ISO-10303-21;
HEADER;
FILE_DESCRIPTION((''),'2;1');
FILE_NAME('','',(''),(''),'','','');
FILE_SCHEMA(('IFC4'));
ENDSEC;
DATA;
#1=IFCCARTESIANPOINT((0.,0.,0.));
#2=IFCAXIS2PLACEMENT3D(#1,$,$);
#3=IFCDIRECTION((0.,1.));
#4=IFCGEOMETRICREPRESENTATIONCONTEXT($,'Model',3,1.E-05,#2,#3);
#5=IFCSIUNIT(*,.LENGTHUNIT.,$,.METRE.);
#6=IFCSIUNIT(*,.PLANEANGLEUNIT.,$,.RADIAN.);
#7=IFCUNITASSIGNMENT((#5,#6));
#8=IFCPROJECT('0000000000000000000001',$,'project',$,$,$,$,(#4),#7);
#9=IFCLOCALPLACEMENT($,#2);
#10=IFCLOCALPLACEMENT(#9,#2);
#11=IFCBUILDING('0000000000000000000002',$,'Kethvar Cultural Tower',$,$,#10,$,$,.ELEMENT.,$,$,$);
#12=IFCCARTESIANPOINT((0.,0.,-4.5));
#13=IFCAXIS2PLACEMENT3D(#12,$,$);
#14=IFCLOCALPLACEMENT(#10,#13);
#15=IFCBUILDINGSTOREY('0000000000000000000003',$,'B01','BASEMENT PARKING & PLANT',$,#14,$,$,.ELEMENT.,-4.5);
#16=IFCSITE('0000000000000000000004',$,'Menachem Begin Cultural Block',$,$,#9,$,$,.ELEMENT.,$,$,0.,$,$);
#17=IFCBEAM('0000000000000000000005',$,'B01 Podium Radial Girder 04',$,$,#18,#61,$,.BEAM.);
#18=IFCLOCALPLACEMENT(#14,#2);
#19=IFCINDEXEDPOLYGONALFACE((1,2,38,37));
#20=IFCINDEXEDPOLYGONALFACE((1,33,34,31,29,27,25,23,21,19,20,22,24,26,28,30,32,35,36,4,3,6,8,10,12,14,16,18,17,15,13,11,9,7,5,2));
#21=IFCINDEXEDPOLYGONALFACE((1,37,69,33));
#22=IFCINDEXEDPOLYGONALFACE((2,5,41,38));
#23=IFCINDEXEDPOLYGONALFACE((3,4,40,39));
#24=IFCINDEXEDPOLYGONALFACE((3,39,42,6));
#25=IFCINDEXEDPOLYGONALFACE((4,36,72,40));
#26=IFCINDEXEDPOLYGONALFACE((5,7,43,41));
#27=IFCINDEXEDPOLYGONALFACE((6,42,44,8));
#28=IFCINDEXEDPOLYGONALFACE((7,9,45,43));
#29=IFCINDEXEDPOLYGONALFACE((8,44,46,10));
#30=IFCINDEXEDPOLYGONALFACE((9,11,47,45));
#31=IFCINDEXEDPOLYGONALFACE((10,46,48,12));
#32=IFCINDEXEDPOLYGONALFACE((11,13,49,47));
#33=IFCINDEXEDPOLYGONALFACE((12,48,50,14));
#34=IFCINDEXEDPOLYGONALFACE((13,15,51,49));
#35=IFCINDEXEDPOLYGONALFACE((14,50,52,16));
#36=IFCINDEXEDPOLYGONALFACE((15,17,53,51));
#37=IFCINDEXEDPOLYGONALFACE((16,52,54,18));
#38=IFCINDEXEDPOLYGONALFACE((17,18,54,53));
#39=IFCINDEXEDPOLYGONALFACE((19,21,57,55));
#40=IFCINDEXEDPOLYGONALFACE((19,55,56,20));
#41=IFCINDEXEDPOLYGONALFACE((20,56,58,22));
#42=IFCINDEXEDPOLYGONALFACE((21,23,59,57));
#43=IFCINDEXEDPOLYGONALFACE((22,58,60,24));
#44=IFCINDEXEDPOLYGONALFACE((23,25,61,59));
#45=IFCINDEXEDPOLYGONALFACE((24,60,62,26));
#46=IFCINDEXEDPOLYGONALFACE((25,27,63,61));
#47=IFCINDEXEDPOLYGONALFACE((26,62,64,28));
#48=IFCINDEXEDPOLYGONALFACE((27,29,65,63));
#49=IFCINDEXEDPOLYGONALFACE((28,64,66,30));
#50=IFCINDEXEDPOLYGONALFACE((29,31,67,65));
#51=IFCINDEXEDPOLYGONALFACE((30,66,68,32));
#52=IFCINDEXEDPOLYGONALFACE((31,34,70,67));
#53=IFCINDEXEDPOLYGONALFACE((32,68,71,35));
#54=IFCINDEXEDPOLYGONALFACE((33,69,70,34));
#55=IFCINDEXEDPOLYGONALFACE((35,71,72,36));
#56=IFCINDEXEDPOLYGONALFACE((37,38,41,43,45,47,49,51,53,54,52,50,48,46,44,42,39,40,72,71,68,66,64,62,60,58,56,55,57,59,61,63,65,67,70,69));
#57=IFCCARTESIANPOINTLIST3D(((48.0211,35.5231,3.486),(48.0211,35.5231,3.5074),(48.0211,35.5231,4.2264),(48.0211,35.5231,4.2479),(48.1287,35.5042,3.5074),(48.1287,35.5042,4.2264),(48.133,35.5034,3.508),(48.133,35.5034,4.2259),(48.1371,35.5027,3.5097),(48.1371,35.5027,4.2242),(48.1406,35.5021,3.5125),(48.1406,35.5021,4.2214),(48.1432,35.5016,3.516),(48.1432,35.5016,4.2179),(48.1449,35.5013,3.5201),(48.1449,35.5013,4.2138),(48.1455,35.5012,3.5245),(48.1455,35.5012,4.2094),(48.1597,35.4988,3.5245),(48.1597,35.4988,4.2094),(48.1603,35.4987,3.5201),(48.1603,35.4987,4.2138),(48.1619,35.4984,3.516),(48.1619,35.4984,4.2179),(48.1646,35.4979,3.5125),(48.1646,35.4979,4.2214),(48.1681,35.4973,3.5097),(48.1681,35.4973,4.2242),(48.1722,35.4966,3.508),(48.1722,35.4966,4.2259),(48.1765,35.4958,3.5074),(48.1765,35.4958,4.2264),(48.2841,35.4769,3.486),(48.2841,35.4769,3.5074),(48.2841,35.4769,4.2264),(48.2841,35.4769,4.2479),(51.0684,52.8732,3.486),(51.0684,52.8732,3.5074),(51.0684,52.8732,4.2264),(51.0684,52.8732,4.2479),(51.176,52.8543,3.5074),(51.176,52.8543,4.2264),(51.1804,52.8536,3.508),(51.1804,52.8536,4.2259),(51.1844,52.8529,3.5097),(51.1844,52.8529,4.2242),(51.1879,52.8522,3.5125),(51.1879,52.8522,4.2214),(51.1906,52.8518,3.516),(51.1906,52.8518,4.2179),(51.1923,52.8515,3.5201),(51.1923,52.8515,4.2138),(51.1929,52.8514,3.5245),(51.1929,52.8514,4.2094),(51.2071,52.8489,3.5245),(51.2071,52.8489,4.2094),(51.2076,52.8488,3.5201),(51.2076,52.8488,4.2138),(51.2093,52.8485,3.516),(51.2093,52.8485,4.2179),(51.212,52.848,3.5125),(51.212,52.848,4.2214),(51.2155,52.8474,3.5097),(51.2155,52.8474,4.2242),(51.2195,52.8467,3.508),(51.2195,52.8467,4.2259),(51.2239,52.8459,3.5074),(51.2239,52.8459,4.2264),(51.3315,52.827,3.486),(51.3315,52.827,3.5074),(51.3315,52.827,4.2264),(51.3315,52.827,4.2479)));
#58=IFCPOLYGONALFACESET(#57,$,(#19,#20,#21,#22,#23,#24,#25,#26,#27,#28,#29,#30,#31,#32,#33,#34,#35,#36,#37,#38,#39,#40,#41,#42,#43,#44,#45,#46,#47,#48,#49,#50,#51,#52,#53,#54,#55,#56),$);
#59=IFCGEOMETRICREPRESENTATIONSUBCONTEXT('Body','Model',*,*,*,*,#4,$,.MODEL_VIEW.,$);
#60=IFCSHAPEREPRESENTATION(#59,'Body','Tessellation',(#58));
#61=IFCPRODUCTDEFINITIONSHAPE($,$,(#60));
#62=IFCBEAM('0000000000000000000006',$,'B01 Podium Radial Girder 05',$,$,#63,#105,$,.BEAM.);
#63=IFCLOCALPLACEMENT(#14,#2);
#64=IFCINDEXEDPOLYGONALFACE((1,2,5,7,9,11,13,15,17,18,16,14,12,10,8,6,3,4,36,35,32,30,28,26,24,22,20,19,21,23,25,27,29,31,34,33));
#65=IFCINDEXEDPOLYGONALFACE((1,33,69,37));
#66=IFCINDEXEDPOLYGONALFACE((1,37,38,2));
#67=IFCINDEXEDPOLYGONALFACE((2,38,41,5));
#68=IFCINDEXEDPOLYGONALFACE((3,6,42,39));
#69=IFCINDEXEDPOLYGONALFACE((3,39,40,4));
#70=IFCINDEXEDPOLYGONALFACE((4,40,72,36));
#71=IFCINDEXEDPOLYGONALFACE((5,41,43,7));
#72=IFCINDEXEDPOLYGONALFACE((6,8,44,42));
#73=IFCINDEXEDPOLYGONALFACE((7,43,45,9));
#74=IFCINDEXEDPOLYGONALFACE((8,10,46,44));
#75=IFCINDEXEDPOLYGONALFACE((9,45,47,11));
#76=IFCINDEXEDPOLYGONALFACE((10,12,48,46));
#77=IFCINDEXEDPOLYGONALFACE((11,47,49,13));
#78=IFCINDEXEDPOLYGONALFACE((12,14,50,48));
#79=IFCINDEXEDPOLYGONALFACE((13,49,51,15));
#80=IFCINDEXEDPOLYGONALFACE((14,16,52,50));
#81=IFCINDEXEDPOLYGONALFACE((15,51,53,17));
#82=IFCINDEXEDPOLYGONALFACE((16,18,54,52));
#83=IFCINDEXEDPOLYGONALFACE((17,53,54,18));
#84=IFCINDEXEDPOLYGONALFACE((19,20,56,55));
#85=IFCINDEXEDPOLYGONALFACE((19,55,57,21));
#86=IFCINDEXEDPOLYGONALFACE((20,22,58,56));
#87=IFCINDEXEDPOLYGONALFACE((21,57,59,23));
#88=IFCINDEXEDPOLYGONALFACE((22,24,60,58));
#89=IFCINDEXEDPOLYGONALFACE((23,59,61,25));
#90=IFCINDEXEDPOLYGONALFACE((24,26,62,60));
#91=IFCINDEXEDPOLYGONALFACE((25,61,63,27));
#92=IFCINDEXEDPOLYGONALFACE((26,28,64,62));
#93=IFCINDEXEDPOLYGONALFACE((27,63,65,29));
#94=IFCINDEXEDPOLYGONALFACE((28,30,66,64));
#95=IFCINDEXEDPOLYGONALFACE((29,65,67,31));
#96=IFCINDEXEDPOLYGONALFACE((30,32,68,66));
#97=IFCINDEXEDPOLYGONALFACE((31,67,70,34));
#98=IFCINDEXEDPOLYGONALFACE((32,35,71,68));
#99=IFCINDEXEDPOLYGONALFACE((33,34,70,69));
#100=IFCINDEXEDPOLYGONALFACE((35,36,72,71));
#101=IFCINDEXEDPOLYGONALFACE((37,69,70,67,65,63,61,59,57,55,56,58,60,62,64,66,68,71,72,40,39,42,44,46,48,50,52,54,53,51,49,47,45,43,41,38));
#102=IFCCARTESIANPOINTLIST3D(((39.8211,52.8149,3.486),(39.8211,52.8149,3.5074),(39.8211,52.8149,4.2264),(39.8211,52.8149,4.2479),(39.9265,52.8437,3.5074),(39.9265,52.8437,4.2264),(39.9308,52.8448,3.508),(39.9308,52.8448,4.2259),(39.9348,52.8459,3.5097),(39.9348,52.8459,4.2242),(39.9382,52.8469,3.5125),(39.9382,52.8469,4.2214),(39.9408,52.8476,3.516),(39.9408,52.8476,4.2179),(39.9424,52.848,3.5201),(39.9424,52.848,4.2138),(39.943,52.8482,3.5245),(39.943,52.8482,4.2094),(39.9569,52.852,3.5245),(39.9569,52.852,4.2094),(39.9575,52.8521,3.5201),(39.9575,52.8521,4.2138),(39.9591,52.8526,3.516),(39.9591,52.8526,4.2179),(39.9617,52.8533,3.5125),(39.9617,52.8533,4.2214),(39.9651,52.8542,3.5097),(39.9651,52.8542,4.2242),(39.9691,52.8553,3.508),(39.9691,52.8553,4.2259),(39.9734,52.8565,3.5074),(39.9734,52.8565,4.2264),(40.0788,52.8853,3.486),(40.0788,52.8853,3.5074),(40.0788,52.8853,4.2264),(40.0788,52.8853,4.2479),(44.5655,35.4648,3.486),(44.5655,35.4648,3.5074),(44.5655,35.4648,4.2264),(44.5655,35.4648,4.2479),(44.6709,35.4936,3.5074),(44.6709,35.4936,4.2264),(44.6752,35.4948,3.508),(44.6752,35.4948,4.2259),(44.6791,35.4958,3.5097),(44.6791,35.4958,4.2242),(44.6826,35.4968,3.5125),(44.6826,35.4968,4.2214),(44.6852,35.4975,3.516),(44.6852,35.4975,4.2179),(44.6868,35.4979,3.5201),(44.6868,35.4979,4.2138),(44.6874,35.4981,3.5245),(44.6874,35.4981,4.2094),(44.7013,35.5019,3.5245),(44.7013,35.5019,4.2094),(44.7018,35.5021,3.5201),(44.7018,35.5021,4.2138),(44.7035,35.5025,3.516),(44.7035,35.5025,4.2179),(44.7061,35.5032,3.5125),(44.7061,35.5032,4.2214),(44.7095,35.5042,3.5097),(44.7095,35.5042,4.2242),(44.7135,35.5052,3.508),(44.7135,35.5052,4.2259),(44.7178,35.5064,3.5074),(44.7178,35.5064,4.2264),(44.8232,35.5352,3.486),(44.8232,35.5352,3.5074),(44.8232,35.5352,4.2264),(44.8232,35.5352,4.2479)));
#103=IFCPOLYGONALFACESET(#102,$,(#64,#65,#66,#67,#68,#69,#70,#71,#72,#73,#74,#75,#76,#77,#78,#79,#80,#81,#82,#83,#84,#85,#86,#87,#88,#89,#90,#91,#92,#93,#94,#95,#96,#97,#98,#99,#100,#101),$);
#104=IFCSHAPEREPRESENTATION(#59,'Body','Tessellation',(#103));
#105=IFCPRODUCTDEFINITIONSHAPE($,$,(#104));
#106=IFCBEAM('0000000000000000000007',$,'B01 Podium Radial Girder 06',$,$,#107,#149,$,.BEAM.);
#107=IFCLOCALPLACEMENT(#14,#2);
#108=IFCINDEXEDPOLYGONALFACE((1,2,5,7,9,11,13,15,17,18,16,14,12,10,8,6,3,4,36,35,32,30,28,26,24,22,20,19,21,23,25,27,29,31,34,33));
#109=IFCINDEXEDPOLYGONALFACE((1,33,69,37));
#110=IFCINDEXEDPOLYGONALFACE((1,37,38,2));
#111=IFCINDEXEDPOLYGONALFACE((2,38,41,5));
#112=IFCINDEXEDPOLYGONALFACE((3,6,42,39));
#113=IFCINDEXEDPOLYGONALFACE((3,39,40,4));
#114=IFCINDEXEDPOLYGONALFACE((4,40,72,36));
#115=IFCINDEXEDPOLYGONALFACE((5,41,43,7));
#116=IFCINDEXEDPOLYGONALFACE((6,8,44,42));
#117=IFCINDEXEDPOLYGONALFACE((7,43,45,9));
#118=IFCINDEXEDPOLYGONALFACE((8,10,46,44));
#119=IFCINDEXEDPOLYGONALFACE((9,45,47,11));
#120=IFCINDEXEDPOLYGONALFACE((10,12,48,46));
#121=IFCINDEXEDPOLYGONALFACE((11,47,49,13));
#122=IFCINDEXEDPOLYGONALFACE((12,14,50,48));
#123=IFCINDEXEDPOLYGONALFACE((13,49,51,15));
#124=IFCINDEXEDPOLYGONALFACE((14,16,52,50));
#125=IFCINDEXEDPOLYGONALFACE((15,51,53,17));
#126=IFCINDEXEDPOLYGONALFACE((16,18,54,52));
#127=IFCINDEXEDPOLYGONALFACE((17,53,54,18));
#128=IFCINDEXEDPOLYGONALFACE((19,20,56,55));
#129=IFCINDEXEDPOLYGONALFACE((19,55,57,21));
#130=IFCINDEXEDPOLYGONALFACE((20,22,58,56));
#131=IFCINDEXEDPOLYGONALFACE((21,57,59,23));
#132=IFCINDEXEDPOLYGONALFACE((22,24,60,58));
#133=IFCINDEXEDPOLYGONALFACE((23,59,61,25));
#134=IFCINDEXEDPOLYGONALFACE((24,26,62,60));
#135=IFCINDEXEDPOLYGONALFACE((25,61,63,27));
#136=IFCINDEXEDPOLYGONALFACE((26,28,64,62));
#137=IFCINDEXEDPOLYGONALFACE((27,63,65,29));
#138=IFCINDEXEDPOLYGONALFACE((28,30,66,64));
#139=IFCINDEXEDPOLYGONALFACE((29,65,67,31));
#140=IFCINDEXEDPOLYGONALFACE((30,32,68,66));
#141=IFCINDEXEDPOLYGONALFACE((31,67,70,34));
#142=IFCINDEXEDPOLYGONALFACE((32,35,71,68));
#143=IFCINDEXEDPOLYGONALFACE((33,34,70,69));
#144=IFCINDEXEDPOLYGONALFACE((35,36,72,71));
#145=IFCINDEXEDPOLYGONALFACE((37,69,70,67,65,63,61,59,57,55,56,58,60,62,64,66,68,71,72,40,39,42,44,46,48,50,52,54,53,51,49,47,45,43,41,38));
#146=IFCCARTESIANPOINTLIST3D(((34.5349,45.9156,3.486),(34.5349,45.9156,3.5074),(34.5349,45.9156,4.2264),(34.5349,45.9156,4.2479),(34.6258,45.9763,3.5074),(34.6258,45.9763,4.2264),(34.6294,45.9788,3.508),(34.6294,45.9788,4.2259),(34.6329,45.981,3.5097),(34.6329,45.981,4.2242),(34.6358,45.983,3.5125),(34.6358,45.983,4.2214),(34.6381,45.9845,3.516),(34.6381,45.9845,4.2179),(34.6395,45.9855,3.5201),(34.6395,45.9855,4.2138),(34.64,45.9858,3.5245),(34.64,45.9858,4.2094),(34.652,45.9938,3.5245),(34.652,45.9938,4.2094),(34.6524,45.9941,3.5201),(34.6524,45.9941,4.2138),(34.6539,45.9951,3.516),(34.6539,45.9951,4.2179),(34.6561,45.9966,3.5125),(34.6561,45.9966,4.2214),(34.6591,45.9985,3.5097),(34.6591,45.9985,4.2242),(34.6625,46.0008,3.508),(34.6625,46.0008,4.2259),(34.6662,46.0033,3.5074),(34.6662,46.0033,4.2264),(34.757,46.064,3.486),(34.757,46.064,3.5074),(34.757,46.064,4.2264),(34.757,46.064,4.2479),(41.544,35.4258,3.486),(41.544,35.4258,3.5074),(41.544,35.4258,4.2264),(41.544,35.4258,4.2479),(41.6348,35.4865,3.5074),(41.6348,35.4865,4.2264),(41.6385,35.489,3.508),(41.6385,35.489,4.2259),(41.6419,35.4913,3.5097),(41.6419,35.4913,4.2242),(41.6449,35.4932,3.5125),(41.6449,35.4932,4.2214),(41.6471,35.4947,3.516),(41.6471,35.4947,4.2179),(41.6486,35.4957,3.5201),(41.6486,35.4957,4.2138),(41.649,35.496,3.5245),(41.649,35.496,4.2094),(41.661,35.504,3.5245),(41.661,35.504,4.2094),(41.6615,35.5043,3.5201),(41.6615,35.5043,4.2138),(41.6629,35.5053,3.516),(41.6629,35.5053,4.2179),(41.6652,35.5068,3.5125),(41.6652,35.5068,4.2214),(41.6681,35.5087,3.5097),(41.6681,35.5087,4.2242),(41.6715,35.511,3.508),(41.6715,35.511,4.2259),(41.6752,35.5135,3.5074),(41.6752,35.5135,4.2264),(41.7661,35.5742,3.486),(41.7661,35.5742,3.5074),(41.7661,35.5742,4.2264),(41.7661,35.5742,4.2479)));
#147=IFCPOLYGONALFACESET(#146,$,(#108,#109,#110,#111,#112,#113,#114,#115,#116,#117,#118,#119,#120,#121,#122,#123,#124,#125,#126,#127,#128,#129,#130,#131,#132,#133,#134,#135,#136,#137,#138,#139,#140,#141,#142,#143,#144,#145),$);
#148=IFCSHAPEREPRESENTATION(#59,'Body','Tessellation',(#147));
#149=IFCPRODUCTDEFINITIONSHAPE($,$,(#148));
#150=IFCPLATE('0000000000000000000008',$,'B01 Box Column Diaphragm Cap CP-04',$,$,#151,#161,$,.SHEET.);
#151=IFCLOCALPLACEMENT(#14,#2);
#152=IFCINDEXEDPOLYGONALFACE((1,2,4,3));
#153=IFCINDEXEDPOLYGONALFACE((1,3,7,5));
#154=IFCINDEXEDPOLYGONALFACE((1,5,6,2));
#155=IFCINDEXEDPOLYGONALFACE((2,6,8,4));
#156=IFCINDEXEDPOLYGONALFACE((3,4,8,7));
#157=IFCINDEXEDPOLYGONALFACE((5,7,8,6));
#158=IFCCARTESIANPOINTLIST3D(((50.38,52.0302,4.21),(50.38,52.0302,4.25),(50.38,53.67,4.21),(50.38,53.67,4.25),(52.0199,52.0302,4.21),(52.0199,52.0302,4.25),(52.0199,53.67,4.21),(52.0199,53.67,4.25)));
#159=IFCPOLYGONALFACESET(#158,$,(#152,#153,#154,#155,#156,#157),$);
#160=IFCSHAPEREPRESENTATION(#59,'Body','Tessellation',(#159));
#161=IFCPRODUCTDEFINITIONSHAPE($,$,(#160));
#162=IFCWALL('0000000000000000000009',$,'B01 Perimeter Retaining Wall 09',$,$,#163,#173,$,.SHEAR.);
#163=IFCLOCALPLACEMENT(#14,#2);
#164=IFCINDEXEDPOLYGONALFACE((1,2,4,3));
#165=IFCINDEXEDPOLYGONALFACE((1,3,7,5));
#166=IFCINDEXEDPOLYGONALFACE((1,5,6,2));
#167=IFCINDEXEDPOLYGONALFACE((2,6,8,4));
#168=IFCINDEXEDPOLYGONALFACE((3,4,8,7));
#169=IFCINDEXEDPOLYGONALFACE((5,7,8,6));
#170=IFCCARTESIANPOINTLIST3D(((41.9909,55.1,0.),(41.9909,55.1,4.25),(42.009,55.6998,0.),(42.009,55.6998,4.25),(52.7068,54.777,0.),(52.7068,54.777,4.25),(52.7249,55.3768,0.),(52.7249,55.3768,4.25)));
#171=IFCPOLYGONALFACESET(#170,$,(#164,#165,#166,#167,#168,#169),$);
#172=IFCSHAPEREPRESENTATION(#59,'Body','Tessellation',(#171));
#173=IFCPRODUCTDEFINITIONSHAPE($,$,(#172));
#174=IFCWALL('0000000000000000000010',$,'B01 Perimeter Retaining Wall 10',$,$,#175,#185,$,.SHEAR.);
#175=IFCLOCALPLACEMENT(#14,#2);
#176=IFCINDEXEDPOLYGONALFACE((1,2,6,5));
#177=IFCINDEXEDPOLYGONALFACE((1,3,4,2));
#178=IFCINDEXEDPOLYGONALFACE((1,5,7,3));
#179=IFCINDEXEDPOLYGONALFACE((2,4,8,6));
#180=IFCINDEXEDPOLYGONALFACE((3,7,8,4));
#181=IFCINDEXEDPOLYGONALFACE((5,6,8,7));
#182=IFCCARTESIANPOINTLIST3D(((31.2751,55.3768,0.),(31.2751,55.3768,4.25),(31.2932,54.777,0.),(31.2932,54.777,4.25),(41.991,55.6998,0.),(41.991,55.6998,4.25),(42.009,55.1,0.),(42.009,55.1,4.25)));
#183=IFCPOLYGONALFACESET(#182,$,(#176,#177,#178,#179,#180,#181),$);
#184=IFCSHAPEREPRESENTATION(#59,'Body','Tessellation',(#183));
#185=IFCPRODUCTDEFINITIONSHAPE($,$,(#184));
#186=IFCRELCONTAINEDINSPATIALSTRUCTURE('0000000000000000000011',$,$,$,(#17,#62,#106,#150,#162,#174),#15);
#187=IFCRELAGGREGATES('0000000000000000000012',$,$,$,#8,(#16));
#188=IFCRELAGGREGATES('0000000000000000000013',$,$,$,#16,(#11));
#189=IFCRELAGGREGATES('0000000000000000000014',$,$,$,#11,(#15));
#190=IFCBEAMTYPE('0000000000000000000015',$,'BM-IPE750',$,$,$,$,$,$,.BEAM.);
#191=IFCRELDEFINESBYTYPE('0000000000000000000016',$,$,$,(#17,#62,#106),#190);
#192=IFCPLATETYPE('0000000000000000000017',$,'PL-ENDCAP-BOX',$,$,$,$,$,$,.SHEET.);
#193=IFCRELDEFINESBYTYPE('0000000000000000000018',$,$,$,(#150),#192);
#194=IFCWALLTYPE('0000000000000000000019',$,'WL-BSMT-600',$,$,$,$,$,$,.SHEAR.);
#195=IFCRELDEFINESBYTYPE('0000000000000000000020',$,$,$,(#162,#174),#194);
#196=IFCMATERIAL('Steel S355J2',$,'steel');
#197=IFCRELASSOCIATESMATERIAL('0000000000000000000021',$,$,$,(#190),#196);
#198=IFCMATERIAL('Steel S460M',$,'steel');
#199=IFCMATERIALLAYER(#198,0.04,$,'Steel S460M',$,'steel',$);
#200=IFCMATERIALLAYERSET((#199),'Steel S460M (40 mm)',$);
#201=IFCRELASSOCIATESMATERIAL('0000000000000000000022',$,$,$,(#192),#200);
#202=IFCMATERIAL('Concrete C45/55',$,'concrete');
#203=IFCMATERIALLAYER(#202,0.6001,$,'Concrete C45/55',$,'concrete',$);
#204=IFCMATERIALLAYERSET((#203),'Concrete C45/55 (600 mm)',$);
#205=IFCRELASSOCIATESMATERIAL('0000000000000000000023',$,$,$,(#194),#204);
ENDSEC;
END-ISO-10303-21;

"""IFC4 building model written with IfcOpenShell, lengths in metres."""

from ifc_helpers import new_model, si_unit, direction, frame, frame_2d, origin, origin_2d, place, context, subcontext, project, spatial, rectangle, i_section, extrude, source, transform, mapped, material, layer, layer_set, material_profile, profile_set, type_object, element, save


model = new_model("IFC4")

# Units and contexts
model_context = context("Model", 3, precision=1e-05, world=origin(), true_north=direction((0.0, 1.0)))
body_context = subcontext(model_context, "Body", "Model", "MODEL_VIEW")
ifc_project = project(units=[si_unit("LENGTHUNIT", "METRE"), si_unit("PLANEANGLEUNIT", "RADIAN")], contexts=[model_context])

# Site, building, storey
site_placement = place(None, origin())
site = spatial("IfcSite", under=ifc_project, at=site_placement, Name="Menachem Begin Cultural Block", CompositionType="ELEMENT", RefElevation=0.0)
building_placement = place(site_placement, origin())
building = spatial("IfcBuilding", under=site, at=building_placement, Name="Kethvar Cultural Tower", CompositionType="ELEMENT")
storey_placement = place(building_placement, frame((0.0, 0.0, -4.5)))
storey = spatial("IfcBuildingStorey", under=building, at=storey_placement, Name="B01", Description="BASEMENT PARKING & PLANT", CompositionType="ELEMENT", Elevation=-4.5)

# Shared definitions
ifc_material_1 = material(Name="Steel S460M", Category="steel")

# Beams
ifc_material_2 = material(Name="Steel S355J2", Category="steel")
ifc_material_profile_1 = material_profile(ifc_material_2, i_section(OverallWidth=0.2671, OverallDepth=0.762, WebThickness=0.0144, FlangeThickness=0.0215, FilletRadius=0.0171, at=origin_2d()), Name="Steel S355J2 — IPE750x173")
ifc_profile_set_1 = profile_set([ifc_material_profile_1], Name="Steel S355J2 — IPE750x173")
beam_type_1 = type_object("IfcBeamType", Name="BM-IPE750", PredefinedType="BEAM", material=ifc_profile_set_1)
shared_shape_1 = source(origin(), body_context, "Body", "SweptSolid", [
    extrude(i_section(OverallWidth=0.2671, OverallDepth=0.762, WebThickness=0.0144, FlangeThickness=0.0215, FilletRadius=0.0171, at=origin_2d()), origin(), (0.0, 0.0, 1.0), 17.6157),
])
beam_1_placement = place(storey_placement, frame((48.1526, 35.5, 3.8669), z_axis=(0.172991, 0.984923, 0.0), x_axis=(-0.984923, 0.172991, 0.0)))
element("IfcBeam", 1, at=beam_1_placement, inside=storey, type_object=beam_type_1, Name="B01 Podium Radial Girder 04", PredefinedType="BEAM", context=body_context, shape_type="MappedRepresentation", body=[
    mapped(shared_shape_1, transform((0.0, 0.0, 0.0), scale=1.0)),
])
shared_shape_2 = source(origin(), body_context, "Body", "SweptSolid", [
    extrude(i_section(OverallWidth=0.2671, OverallDepth=0.762, WebThickness=0.0144, FlangeThickness=0.0215, FilletRadius=0.0171, at=origin_2d()), origin(), (0.0, 0.0, 1.0), 17.9871),
])
beam_2_placement = place(storey_placement, frame((44.6943, 35.5, 3.8669), z_axis=(-0.263766, 0.964587, 0.0), x_axis=(-0.964587, -0.263766, 0.0)))
element("IfcBeam", 2, at=beam_2_placement, inside=storey, type_object=beam_type_1, Name="B01 Podium Radial Girder 05", PredefinedType="BEAM", context=body_context, shape_type="MappedRepresentation", body=[
    mapped(shared_shape_2, transform((0.0, 0.0, 0.0), scale=1.0)),
])
shared_shape_3 = source(origin(), body_context, "Body", "SweptSolid", [
    extrude(i_section(OverallWidth=0.2671, OverallDepth=0.762, WebThickness=0.0144, FlangeThickness=0.0215, FilletRadius=0.0171, at=origin_2d()), origin(), (0.0, 0.0, 1.0), 12.616),
])
beam_3_placement = place(storey_placement, frame((41.655, 35.5, 3.8669), z_axis=(-0.555571, 0.831469, 0.0), x_axis=(-0.831469, -0.555571, 0.0)))
element("IfcBeam", 3, at=beam_3_placement, inside=storey, type_object=beam_type_1, Name="B01 Podium Radial Girder 06", PredefinedType="BEAM", context=body_context, shape_type="MappedRepresentation", body=[
    mapped(shared_shape_3, transform((0.0, 0.0, 0.0), scale=1.0)),
])

# Plate
ifc_layer_1 = layer(ifc_material_1, 0.04, Name="Steel S460M", Category="steel")
ifc_layer_set_1 = layer_set([ifc_layer_1], Name="Steel S460M (40 mm)")
plate_type = type_object("IfcPlateType", Name="PL-ENDCAP-BOX", PredefinedType="SHEET", material=ifc_layer_set_1)
shared_shape_4 = source(origin(), body_context, "Body", "SweptSolid", [
    extrude(rectangle(XDim=1.6399, YDim=1.6399, at=origin_2d()), origin(), (0.0, 0.0, 1.0), 0.04),
])
plate_placement = place(storey_placement, frame((51.2, 52.8501, 4.21), z_axis=(0.0, 0.0, 1.0), x_axis=(1.0, 0.0, 0.0)))
element("IfcPlate", 4, at=plate_placement, inside=storey, type_object=plate_type, Name="B01 Box Column Diaphragm Cap CP-04", PredefinedType="SHEET", context=body_context, shape_type="MappedRepresentation", body=[
    mapped(shared_shape_4, transform((0.0, 0.0, 0.0), scale=1.0)),
])

# Walls
ifc_material_3 = material(Name="Concrete C45/55", Category="concrete")
ifc_layer_2 = layer(ifc_material_3, 0.6001, Name="Concrete C45/55", Category="concrete")
ifc_layer_set_2 = layer_set([ifc_layer_2], Name="Concrete C45/55 (600 mm)")
wall_type_1 = type_object("IfcWallType", Name="WL-BSMT-600", PredefinedType="SHEAR", material=ifc_layer_set_2)
for number, where, z_axis, x_axis, name in (
    (5, (52.7158, 55.0769, 0.0), (0.0, 0.0, 1.0), (-0.999546, 0.030128, 0.0), "B01 Perimeter Retaining Wall 09"),
    (6, (42.0, 55.3999, 0.0), (0.0, 0.0, 1.0), (-0.999546, -0.030128, 0.0), "B01 Perimeter Retaining Wall 10"),
):
    element("IfcWall", number, at=place(storey_placement, frame(where, z_axis=z_axis, x_axis=x_axis)), inside=storey, type_object=wall_type_1, Name=name, PredefinedType="SHEAR", context=body_context, shape_type="SweptSolid", body=[
        extrude(rectangle(XDim=10.7207, YDim=0.6001, at=frame_2d((5.3604, 0.0))), origin(), (0.0, 0.0, 1.0), 4.25),
    ])

save(model, "model.ifc")
